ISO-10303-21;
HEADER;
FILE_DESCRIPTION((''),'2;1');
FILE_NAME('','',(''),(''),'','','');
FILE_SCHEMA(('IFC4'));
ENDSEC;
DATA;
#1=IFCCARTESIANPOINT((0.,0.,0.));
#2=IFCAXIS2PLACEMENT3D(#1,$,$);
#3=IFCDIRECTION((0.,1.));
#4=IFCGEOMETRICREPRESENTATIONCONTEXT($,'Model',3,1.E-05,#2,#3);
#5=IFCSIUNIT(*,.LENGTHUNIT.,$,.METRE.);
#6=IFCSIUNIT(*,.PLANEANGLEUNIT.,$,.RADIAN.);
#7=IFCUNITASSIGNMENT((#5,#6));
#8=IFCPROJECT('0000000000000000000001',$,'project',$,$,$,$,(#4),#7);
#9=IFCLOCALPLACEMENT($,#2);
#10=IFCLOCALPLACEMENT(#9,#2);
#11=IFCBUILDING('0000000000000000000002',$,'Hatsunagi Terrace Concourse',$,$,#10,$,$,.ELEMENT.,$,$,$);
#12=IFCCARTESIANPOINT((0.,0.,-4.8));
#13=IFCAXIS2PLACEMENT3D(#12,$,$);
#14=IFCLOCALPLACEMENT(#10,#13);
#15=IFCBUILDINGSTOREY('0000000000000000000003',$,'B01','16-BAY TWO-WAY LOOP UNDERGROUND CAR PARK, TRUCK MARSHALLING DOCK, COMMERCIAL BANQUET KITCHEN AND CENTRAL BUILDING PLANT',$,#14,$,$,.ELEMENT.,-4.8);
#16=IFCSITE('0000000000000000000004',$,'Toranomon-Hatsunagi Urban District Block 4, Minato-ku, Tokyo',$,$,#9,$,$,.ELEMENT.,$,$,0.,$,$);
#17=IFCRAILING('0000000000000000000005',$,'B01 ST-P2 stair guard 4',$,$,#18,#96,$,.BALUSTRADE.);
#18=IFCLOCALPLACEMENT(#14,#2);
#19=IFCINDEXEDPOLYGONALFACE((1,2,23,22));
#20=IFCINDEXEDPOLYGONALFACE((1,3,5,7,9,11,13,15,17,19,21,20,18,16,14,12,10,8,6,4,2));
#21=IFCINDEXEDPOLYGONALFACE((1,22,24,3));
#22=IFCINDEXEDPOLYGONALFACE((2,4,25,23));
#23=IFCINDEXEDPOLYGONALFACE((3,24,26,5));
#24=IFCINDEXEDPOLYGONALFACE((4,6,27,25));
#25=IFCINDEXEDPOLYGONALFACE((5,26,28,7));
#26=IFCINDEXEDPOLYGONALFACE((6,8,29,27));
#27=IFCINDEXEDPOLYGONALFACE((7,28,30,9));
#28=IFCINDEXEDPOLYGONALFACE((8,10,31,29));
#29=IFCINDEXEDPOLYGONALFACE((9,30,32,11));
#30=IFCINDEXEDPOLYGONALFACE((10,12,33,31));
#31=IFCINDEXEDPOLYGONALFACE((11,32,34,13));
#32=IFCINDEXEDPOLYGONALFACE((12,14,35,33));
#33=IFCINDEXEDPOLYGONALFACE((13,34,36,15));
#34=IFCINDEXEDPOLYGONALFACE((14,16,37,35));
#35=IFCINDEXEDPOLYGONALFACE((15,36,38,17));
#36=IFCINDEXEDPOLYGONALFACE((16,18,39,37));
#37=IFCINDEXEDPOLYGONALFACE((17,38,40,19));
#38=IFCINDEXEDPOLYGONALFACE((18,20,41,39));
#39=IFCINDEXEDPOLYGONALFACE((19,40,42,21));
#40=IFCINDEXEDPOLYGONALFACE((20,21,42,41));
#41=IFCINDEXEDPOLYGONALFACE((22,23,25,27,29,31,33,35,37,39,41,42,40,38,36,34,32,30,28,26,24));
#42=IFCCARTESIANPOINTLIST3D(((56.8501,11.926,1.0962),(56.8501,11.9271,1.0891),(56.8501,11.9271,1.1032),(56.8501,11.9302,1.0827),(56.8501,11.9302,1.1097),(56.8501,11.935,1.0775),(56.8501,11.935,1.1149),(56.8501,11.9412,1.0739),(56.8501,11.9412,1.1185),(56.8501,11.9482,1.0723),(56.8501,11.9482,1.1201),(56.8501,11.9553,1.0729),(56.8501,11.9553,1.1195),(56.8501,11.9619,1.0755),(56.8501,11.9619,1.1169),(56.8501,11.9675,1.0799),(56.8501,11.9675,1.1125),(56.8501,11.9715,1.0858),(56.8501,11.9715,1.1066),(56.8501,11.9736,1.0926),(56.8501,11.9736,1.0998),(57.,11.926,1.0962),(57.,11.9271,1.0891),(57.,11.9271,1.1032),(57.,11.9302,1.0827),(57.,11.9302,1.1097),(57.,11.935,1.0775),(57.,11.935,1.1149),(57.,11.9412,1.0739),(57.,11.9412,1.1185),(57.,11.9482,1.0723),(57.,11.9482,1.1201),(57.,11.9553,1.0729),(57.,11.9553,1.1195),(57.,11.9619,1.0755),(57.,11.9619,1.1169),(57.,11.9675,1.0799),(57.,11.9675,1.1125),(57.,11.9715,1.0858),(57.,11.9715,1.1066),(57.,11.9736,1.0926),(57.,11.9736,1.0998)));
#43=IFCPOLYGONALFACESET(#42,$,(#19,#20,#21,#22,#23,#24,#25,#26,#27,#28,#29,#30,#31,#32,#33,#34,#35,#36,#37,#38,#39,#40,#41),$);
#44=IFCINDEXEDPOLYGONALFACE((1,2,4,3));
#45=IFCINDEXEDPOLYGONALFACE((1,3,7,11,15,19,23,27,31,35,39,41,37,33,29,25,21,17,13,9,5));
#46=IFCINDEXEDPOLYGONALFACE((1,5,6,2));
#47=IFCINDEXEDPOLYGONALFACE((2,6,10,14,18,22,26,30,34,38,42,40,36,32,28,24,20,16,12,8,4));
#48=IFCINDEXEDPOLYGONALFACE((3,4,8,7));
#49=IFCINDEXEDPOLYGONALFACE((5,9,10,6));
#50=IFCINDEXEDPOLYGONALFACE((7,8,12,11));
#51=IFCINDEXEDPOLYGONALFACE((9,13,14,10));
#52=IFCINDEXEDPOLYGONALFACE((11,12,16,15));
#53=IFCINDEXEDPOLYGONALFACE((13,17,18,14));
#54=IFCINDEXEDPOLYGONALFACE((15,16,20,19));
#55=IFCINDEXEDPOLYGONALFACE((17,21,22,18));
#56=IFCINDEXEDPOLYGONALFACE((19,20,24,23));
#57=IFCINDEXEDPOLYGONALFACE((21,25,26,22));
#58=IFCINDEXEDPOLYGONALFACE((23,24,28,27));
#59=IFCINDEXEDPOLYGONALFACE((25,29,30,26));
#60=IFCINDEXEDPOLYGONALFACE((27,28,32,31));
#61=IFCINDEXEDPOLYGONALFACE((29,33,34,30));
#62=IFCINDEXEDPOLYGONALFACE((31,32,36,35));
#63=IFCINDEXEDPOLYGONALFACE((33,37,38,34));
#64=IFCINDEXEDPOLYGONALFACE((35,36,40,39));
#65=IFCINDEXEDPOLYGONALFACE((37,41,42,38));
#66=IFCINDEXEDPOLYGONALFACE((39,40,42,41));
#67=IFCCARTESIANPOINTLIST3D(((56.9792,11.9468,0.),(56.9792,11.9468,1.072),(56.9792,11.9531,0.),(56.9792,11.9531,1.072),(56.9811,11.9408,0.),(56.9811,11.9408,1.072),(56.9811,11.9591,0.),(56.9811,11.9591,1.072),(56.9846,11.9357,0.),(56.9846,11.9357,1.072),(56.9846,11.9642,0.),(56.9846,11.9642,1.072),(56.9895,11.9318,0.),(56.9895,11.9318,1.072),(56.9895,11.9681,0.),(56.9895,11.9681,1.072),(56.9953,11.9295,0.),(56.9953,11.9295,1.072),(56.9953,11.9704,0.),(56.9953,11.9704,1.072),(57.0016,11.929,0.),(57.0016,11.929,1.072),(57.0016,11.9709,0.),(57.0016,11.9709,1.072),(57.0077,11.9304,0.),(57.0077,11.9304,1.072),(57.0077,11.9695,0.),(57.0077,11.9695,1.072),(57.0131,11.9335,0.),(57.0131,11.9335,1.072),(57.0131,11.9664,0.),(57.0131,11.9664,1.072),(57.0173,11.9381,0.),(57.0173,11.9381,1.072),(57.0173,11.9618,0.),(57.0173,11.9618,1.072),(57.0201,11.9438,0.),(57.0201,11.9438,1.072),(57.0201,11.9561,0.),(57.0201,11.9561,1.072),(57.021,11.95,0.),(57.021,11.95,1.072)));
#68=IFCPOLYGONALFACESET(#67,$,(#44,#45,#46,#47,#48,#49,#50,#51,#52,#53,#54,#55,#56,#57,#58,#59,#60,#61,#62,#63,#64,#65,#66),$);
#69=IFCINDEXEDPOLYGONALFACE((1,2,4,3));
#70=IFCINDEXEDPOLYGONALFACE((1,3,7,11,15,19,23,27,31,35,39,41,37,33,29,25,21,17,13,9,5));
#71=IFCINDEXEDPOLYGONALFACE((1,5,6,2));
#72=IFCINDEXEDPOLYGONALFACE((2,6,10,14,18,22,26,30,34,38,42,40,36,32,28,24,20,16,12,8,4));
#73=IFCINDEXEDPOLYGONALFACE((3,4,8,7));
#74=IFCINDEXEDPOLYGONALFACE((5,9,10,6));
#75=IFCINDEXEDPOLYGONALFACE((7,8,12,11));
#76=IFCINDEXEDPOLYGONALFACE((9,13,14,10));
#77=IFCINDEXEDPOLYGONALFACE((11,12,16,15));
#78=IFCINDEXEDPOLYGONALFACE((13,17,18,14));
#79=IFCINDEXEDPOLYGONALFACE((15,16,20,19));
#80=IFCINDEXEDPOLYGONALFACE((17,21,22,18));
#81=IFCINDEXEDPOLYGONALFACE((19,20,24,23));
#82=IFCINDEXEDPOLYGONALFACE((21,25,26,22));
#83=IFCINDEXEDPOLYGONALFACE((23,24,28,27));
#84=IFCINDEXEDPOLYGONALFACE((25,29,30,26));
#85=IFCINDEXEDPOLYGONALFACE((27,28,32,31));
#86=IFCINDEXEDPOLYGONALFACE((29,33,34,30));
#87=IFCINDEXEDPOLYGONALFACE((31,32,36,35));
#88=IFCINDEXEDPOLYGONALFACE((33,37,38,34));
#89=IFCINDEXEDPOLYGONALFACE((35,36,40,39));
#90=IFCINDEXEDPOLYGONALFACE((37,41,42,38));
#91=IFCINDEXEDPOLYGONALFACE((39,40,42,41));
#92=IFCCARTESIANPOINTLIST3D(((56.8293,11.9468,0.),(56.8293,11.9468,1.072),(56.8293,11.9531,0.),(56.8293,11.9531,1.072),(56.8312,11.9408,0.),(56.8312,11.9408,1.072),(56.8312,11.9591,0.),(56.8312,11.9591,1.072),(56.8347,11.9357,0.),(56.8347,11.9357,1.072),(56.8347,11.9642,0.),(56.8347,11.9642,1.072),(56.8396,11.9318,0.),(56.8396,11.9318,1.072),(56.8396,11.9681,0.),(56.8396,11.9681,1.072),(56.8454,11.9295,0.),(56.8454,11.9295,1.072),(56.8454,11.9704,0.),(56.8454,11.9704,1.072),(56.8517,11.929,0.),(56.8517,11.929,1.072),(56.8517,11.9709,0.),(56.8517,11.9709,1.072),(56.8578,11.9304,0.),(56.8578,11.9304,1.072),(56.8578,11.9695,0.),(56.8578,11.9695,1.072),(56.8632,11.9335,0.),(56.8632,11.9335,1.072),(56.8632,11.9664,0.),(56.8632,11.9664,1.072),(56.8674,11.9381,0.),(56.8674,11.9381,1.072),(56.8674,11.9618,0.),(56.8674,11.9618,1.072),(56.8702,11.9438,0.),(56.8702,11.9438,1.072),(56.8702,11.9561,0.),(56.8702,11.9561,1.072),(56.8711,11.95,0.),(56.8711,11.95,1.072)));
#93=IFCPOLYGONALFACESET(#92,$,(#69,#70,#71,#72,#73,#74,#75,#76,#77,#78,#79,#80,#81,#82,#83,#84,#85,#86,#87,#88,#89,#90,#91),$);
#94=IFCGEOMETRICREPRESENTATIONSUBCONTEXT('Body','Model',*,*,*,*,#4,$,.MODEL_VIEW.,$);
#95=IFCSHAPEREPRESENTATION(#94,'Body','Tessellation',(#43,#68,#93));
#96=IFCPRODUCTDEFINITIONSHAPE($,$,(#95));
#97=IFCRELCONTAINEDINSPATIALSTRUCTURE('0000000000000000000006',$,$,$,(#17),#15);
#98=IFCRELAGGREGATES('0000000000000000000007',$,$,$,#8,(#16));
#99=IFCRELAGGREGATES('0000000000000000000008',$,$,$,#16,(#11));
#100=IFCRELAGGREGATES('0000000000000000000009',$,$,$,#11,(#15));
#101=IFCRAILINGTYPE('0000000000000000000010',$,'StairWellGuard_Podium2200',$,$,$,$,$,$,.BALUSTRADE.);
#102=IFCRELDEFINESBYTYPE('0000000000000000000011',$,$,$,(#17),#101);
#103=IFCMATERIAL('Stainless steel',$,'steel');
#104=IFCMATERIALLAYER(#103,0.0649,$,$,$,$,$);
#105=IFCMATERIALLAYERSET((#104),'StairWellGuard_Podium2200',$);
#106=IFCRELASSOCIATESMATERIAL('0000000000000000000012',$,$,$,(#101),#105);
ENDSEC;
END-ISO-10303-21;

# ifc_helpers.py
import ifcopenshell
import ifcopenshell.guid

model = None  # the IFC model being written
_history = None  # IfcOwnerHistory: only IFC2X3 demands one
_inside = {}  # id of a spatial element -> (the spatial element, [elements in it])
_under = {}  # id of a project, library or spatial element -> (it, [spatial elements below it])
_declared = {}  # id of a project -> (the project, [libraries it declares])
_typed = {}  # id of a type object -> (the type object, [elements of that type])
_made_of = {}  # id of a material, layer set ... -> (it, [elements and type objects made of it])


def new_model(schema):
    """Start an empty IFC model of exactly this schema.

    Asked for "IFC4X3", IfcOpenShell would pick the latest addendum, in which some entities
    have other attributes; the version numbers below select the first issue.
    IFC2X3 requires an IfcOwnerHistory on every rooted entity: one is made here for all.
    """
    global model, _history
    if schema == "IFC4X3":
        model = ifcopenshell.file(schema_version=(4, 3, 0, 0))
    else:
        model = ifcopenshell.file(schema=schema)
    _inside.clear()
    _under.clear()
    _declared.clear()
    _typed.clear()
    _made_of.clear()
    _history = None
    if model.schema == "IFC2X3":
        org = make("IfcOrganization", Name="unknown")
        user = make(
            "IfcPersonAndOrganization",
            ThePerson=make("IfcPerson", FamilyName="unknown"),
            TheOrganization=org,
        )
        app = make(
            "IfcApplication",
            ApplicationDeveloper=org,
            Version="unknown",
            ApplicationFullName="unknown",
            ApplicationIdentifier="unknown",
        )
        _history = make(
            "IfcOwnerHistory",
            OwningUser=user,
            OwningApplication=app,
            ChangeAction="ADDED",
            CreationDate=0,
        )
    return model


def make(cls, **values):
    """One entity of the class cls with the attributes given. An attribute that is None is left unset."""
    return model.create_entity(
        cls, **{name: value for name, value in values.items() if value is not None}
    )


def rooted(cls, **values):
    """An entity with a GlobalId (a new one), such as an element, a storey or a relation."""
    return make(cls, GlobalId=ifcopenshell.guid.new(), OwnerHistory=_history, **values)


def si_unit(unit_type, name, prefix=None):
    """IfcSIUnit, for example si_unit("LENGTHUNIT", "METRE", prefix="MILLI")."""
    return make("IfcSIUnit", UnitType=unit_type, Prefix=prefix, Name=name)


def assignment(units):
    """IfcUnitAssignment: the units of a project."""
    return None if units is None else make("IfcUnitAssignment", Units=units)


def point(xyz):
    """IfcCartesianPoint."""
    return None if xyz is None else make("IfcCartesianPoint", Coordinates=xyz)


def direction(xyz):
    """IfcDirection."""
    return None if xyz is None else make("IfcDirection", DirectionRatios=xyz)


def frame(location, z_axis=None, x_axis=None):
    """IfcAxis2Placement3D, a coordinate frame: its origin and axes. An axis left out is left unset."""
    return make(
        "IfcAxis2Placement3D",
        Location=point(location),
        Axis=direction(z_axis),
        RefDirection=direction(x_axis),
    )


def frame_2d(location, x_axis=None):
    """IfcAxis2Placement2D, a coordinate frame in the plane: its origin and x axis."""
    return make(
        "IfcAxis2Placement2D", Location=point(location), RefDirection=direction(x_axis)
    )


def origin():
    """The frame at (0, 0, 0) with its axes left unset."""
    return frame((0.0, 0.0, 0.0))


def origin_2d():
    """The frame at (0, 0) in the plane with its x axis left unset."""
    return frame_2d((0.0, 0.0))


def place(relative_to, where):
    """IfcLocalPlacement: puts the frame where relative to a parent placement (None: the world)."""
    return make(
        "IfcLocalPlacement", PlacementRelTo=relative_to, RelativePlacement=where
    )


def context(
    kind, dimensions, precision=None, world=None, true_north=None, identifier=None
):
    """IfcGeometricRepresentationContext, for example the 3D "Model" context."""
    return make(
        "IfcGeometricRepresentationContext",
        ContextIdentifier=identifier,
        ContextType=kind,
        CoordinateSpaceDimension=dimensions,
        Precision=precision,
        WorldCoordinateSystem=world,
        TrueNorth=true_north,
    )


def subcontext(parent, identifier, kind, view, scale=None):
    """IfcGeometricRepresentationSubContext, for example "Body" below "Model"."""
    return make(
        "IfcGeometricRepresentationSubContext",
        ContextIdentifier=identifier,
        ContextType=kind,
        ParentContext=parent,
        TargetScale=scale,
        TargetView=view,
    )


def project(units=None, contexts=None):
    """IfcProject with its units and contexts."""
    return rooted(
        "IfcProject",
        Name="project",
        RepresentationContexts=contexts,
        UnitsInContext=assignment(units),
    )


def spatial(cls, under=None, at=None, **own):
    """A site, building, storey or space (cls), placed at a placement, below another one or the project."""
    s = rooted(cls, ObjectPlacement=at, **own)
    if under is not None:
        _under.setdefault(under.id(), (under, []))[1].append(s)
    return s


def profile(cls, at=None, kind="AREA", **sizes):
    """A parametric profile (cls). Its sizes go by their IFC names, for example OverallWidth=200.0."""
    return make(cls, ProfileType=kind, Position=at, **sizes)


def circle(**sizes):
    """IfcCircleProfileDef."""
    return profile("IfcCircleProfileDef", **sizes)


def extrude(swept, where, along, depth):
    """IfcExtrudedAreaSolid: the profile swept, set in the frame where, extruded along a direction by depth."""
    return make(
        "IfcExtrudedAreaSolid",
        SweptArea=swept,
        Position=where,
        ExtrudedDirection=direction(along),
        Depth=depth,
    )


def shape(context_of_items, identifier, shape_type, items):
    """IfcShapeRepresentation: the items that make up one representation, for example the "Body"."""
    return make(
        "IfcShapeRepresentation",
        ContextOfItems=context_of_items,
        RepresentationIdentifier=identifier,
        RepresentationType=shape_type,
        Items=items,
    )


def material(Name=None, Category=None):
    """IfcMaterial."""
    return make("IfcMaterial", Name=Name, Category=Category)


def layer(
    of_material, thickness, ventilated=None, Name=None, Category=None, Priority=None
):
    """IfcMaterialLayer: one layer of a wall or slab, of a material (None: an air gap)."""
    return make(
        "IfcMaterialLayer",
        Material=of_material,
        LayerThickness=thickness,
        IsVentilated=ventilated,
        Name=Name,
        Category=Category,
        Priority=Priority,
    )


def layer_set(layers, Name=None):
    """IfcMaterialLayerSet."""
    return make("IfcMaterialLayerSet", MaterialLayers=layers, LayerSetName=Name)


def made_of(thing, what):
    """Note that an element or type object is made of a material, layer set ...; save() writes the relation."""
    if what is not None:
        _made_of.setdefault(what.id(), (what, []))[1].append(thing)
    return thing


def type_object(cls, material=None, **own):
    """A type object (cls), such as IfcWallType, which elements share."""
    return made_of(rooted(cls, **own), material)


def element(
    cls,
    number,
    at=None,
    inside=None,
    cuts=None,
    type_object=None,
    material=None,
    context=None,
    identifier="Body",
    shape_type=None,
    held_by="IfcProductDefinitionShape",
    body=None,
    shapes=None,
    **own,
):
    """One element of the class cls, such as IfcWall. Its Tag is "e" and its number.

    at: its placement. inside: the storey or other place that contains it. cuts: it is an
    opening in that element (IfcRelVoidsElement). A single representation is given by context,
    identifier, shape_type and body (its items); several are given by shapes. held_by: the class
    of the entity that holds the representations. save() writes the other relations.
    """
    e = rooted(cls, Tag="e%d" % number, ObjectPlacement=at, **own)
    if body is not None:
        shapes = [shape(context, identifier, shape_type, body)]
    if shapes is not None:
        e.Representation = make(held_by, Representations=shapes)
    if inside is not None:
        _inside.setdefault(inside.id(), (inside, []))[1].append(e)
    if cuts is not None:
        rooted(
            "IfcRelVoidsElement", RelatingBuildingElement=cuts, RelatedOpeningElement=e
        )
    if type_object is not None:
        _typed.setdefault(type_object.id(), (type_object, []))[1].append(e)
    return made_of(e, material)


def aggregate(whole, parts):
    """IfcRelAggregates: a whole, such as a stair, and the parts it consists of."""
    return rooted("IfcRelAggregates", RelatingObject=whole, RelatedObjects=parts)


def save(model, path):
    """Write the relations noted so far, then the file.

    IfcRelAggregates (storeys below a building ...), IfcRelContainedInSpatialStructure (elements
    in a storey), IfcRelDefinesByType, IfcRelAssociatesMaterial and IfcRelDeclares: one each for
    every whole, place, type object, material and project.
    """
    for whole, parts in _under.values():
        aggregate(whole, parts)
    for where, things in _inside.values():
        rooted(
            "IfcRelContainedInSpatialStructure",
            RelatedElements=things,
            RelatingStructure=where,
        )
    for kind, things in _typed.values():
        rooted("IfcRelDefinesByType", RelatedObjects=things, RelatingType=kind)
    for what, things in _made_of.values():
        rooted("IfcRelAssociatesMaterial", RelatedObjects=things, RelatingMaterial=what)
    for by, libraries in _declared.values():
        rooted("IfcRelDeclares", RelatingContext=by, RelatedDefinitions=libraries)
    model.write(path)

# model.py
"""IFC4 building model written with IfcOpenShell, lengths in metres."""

from ifc_helpers import new_model, si_unit, direction, frame, origin, origin_2d, place, context, subcontext, project, spatial, circle, extrude, material, layer, layer_set, type_object, element, save


model = new_model("IFC4")

# Units and contexts
model_context = context("Model", 3, precision=1e-05, world=origin(), true_north=direction((0.0, 1.0)))
body_context = subcontext(model_context, "Body", "Model", "MODEL_VIEW")
ifc_project = project(units=[si_unit("LENGTHUNIT", "METRE"), si_unit("PLANEANGLEUNIT", "RADIAN")], contexts=[model_context])

# Site, building, storey
site_placement = place(None, origin())
site = spatial("IfcSite", under=ifc_project, at=site_placement, Name="Toranomon-Hatsunagi Urban District Block 4, Minato-ku, Tokyo", CompositionType="ELEMENT", RefElevation=0.0)
building_placement = place(site_placement, origin())
building = spatial("IfcBuilding", under=site, at=building_placement, Name="Hatsunagi Terrace Concourse", CompositionType="ELEMENT")
storey_placement = place(building_placement, frame((0.0, 0.0, -4.8)))
storey = spatial("IfcBuildingStorey", under=building, at=storey_placement, Name="B01", Description="16-BAY TWO-WAY LOOP UNDERGROUND CAR PARK, TRUCK MARSHALLING DOCK, COMMERCIAL BANQUET KITCHEN AND CENTRAL BUILDING PLANT", CompositionType="ELEMENT", Elevation=-4.8)

# Railing
ifc_material_1 = material(Name="Stainless steel", Category="steel")
ifc_layer_1 = layer(ifc_material_1, 0.0649)
ifc_layer_set_1 = layer_set([ifc_layer_1], Name="StairWellGuard_Podium2200")
railing_type_1 = type_object("IfcRailingType", Name="StairWellGuard_Podium2200", PredefinedType="BALUSTRADE", material=ifc_layer_set_1)
railing_1_placement = place(storey_placement, frame((57.0, 11.95, 0.0)))
element("IfcRailing", 1, at=railing_1_placement, inside=storey, type_object=railing_type_1, Name="B01 ST-P2 stair guard 4", PredefinedType="BALUSTRADE", context=body_context, shape_type="SweptSolid", body=[
    extrude(circle(Radius=0.0239, at=origin_2d()), frame((0.0, 0.0, 1.0962), z_axis=(-1.0, 0.0, 0.0), x_axis=(0.0, -1.0, 0.0)), (0.0, 0.0, 1.0), 0.1499),
    extrude(circle(Radius=0.021, at=origin_2d()), origin(), (0.0, 0.0, 1.0), 1.072),
    extrude(circle(Radius=0.021, at=origin_2d()), frame((-0.1499, 0.0, 0.0)), (0.0, 0.0, 1.0), 1.072),
])

save(model, "model.ifc")
